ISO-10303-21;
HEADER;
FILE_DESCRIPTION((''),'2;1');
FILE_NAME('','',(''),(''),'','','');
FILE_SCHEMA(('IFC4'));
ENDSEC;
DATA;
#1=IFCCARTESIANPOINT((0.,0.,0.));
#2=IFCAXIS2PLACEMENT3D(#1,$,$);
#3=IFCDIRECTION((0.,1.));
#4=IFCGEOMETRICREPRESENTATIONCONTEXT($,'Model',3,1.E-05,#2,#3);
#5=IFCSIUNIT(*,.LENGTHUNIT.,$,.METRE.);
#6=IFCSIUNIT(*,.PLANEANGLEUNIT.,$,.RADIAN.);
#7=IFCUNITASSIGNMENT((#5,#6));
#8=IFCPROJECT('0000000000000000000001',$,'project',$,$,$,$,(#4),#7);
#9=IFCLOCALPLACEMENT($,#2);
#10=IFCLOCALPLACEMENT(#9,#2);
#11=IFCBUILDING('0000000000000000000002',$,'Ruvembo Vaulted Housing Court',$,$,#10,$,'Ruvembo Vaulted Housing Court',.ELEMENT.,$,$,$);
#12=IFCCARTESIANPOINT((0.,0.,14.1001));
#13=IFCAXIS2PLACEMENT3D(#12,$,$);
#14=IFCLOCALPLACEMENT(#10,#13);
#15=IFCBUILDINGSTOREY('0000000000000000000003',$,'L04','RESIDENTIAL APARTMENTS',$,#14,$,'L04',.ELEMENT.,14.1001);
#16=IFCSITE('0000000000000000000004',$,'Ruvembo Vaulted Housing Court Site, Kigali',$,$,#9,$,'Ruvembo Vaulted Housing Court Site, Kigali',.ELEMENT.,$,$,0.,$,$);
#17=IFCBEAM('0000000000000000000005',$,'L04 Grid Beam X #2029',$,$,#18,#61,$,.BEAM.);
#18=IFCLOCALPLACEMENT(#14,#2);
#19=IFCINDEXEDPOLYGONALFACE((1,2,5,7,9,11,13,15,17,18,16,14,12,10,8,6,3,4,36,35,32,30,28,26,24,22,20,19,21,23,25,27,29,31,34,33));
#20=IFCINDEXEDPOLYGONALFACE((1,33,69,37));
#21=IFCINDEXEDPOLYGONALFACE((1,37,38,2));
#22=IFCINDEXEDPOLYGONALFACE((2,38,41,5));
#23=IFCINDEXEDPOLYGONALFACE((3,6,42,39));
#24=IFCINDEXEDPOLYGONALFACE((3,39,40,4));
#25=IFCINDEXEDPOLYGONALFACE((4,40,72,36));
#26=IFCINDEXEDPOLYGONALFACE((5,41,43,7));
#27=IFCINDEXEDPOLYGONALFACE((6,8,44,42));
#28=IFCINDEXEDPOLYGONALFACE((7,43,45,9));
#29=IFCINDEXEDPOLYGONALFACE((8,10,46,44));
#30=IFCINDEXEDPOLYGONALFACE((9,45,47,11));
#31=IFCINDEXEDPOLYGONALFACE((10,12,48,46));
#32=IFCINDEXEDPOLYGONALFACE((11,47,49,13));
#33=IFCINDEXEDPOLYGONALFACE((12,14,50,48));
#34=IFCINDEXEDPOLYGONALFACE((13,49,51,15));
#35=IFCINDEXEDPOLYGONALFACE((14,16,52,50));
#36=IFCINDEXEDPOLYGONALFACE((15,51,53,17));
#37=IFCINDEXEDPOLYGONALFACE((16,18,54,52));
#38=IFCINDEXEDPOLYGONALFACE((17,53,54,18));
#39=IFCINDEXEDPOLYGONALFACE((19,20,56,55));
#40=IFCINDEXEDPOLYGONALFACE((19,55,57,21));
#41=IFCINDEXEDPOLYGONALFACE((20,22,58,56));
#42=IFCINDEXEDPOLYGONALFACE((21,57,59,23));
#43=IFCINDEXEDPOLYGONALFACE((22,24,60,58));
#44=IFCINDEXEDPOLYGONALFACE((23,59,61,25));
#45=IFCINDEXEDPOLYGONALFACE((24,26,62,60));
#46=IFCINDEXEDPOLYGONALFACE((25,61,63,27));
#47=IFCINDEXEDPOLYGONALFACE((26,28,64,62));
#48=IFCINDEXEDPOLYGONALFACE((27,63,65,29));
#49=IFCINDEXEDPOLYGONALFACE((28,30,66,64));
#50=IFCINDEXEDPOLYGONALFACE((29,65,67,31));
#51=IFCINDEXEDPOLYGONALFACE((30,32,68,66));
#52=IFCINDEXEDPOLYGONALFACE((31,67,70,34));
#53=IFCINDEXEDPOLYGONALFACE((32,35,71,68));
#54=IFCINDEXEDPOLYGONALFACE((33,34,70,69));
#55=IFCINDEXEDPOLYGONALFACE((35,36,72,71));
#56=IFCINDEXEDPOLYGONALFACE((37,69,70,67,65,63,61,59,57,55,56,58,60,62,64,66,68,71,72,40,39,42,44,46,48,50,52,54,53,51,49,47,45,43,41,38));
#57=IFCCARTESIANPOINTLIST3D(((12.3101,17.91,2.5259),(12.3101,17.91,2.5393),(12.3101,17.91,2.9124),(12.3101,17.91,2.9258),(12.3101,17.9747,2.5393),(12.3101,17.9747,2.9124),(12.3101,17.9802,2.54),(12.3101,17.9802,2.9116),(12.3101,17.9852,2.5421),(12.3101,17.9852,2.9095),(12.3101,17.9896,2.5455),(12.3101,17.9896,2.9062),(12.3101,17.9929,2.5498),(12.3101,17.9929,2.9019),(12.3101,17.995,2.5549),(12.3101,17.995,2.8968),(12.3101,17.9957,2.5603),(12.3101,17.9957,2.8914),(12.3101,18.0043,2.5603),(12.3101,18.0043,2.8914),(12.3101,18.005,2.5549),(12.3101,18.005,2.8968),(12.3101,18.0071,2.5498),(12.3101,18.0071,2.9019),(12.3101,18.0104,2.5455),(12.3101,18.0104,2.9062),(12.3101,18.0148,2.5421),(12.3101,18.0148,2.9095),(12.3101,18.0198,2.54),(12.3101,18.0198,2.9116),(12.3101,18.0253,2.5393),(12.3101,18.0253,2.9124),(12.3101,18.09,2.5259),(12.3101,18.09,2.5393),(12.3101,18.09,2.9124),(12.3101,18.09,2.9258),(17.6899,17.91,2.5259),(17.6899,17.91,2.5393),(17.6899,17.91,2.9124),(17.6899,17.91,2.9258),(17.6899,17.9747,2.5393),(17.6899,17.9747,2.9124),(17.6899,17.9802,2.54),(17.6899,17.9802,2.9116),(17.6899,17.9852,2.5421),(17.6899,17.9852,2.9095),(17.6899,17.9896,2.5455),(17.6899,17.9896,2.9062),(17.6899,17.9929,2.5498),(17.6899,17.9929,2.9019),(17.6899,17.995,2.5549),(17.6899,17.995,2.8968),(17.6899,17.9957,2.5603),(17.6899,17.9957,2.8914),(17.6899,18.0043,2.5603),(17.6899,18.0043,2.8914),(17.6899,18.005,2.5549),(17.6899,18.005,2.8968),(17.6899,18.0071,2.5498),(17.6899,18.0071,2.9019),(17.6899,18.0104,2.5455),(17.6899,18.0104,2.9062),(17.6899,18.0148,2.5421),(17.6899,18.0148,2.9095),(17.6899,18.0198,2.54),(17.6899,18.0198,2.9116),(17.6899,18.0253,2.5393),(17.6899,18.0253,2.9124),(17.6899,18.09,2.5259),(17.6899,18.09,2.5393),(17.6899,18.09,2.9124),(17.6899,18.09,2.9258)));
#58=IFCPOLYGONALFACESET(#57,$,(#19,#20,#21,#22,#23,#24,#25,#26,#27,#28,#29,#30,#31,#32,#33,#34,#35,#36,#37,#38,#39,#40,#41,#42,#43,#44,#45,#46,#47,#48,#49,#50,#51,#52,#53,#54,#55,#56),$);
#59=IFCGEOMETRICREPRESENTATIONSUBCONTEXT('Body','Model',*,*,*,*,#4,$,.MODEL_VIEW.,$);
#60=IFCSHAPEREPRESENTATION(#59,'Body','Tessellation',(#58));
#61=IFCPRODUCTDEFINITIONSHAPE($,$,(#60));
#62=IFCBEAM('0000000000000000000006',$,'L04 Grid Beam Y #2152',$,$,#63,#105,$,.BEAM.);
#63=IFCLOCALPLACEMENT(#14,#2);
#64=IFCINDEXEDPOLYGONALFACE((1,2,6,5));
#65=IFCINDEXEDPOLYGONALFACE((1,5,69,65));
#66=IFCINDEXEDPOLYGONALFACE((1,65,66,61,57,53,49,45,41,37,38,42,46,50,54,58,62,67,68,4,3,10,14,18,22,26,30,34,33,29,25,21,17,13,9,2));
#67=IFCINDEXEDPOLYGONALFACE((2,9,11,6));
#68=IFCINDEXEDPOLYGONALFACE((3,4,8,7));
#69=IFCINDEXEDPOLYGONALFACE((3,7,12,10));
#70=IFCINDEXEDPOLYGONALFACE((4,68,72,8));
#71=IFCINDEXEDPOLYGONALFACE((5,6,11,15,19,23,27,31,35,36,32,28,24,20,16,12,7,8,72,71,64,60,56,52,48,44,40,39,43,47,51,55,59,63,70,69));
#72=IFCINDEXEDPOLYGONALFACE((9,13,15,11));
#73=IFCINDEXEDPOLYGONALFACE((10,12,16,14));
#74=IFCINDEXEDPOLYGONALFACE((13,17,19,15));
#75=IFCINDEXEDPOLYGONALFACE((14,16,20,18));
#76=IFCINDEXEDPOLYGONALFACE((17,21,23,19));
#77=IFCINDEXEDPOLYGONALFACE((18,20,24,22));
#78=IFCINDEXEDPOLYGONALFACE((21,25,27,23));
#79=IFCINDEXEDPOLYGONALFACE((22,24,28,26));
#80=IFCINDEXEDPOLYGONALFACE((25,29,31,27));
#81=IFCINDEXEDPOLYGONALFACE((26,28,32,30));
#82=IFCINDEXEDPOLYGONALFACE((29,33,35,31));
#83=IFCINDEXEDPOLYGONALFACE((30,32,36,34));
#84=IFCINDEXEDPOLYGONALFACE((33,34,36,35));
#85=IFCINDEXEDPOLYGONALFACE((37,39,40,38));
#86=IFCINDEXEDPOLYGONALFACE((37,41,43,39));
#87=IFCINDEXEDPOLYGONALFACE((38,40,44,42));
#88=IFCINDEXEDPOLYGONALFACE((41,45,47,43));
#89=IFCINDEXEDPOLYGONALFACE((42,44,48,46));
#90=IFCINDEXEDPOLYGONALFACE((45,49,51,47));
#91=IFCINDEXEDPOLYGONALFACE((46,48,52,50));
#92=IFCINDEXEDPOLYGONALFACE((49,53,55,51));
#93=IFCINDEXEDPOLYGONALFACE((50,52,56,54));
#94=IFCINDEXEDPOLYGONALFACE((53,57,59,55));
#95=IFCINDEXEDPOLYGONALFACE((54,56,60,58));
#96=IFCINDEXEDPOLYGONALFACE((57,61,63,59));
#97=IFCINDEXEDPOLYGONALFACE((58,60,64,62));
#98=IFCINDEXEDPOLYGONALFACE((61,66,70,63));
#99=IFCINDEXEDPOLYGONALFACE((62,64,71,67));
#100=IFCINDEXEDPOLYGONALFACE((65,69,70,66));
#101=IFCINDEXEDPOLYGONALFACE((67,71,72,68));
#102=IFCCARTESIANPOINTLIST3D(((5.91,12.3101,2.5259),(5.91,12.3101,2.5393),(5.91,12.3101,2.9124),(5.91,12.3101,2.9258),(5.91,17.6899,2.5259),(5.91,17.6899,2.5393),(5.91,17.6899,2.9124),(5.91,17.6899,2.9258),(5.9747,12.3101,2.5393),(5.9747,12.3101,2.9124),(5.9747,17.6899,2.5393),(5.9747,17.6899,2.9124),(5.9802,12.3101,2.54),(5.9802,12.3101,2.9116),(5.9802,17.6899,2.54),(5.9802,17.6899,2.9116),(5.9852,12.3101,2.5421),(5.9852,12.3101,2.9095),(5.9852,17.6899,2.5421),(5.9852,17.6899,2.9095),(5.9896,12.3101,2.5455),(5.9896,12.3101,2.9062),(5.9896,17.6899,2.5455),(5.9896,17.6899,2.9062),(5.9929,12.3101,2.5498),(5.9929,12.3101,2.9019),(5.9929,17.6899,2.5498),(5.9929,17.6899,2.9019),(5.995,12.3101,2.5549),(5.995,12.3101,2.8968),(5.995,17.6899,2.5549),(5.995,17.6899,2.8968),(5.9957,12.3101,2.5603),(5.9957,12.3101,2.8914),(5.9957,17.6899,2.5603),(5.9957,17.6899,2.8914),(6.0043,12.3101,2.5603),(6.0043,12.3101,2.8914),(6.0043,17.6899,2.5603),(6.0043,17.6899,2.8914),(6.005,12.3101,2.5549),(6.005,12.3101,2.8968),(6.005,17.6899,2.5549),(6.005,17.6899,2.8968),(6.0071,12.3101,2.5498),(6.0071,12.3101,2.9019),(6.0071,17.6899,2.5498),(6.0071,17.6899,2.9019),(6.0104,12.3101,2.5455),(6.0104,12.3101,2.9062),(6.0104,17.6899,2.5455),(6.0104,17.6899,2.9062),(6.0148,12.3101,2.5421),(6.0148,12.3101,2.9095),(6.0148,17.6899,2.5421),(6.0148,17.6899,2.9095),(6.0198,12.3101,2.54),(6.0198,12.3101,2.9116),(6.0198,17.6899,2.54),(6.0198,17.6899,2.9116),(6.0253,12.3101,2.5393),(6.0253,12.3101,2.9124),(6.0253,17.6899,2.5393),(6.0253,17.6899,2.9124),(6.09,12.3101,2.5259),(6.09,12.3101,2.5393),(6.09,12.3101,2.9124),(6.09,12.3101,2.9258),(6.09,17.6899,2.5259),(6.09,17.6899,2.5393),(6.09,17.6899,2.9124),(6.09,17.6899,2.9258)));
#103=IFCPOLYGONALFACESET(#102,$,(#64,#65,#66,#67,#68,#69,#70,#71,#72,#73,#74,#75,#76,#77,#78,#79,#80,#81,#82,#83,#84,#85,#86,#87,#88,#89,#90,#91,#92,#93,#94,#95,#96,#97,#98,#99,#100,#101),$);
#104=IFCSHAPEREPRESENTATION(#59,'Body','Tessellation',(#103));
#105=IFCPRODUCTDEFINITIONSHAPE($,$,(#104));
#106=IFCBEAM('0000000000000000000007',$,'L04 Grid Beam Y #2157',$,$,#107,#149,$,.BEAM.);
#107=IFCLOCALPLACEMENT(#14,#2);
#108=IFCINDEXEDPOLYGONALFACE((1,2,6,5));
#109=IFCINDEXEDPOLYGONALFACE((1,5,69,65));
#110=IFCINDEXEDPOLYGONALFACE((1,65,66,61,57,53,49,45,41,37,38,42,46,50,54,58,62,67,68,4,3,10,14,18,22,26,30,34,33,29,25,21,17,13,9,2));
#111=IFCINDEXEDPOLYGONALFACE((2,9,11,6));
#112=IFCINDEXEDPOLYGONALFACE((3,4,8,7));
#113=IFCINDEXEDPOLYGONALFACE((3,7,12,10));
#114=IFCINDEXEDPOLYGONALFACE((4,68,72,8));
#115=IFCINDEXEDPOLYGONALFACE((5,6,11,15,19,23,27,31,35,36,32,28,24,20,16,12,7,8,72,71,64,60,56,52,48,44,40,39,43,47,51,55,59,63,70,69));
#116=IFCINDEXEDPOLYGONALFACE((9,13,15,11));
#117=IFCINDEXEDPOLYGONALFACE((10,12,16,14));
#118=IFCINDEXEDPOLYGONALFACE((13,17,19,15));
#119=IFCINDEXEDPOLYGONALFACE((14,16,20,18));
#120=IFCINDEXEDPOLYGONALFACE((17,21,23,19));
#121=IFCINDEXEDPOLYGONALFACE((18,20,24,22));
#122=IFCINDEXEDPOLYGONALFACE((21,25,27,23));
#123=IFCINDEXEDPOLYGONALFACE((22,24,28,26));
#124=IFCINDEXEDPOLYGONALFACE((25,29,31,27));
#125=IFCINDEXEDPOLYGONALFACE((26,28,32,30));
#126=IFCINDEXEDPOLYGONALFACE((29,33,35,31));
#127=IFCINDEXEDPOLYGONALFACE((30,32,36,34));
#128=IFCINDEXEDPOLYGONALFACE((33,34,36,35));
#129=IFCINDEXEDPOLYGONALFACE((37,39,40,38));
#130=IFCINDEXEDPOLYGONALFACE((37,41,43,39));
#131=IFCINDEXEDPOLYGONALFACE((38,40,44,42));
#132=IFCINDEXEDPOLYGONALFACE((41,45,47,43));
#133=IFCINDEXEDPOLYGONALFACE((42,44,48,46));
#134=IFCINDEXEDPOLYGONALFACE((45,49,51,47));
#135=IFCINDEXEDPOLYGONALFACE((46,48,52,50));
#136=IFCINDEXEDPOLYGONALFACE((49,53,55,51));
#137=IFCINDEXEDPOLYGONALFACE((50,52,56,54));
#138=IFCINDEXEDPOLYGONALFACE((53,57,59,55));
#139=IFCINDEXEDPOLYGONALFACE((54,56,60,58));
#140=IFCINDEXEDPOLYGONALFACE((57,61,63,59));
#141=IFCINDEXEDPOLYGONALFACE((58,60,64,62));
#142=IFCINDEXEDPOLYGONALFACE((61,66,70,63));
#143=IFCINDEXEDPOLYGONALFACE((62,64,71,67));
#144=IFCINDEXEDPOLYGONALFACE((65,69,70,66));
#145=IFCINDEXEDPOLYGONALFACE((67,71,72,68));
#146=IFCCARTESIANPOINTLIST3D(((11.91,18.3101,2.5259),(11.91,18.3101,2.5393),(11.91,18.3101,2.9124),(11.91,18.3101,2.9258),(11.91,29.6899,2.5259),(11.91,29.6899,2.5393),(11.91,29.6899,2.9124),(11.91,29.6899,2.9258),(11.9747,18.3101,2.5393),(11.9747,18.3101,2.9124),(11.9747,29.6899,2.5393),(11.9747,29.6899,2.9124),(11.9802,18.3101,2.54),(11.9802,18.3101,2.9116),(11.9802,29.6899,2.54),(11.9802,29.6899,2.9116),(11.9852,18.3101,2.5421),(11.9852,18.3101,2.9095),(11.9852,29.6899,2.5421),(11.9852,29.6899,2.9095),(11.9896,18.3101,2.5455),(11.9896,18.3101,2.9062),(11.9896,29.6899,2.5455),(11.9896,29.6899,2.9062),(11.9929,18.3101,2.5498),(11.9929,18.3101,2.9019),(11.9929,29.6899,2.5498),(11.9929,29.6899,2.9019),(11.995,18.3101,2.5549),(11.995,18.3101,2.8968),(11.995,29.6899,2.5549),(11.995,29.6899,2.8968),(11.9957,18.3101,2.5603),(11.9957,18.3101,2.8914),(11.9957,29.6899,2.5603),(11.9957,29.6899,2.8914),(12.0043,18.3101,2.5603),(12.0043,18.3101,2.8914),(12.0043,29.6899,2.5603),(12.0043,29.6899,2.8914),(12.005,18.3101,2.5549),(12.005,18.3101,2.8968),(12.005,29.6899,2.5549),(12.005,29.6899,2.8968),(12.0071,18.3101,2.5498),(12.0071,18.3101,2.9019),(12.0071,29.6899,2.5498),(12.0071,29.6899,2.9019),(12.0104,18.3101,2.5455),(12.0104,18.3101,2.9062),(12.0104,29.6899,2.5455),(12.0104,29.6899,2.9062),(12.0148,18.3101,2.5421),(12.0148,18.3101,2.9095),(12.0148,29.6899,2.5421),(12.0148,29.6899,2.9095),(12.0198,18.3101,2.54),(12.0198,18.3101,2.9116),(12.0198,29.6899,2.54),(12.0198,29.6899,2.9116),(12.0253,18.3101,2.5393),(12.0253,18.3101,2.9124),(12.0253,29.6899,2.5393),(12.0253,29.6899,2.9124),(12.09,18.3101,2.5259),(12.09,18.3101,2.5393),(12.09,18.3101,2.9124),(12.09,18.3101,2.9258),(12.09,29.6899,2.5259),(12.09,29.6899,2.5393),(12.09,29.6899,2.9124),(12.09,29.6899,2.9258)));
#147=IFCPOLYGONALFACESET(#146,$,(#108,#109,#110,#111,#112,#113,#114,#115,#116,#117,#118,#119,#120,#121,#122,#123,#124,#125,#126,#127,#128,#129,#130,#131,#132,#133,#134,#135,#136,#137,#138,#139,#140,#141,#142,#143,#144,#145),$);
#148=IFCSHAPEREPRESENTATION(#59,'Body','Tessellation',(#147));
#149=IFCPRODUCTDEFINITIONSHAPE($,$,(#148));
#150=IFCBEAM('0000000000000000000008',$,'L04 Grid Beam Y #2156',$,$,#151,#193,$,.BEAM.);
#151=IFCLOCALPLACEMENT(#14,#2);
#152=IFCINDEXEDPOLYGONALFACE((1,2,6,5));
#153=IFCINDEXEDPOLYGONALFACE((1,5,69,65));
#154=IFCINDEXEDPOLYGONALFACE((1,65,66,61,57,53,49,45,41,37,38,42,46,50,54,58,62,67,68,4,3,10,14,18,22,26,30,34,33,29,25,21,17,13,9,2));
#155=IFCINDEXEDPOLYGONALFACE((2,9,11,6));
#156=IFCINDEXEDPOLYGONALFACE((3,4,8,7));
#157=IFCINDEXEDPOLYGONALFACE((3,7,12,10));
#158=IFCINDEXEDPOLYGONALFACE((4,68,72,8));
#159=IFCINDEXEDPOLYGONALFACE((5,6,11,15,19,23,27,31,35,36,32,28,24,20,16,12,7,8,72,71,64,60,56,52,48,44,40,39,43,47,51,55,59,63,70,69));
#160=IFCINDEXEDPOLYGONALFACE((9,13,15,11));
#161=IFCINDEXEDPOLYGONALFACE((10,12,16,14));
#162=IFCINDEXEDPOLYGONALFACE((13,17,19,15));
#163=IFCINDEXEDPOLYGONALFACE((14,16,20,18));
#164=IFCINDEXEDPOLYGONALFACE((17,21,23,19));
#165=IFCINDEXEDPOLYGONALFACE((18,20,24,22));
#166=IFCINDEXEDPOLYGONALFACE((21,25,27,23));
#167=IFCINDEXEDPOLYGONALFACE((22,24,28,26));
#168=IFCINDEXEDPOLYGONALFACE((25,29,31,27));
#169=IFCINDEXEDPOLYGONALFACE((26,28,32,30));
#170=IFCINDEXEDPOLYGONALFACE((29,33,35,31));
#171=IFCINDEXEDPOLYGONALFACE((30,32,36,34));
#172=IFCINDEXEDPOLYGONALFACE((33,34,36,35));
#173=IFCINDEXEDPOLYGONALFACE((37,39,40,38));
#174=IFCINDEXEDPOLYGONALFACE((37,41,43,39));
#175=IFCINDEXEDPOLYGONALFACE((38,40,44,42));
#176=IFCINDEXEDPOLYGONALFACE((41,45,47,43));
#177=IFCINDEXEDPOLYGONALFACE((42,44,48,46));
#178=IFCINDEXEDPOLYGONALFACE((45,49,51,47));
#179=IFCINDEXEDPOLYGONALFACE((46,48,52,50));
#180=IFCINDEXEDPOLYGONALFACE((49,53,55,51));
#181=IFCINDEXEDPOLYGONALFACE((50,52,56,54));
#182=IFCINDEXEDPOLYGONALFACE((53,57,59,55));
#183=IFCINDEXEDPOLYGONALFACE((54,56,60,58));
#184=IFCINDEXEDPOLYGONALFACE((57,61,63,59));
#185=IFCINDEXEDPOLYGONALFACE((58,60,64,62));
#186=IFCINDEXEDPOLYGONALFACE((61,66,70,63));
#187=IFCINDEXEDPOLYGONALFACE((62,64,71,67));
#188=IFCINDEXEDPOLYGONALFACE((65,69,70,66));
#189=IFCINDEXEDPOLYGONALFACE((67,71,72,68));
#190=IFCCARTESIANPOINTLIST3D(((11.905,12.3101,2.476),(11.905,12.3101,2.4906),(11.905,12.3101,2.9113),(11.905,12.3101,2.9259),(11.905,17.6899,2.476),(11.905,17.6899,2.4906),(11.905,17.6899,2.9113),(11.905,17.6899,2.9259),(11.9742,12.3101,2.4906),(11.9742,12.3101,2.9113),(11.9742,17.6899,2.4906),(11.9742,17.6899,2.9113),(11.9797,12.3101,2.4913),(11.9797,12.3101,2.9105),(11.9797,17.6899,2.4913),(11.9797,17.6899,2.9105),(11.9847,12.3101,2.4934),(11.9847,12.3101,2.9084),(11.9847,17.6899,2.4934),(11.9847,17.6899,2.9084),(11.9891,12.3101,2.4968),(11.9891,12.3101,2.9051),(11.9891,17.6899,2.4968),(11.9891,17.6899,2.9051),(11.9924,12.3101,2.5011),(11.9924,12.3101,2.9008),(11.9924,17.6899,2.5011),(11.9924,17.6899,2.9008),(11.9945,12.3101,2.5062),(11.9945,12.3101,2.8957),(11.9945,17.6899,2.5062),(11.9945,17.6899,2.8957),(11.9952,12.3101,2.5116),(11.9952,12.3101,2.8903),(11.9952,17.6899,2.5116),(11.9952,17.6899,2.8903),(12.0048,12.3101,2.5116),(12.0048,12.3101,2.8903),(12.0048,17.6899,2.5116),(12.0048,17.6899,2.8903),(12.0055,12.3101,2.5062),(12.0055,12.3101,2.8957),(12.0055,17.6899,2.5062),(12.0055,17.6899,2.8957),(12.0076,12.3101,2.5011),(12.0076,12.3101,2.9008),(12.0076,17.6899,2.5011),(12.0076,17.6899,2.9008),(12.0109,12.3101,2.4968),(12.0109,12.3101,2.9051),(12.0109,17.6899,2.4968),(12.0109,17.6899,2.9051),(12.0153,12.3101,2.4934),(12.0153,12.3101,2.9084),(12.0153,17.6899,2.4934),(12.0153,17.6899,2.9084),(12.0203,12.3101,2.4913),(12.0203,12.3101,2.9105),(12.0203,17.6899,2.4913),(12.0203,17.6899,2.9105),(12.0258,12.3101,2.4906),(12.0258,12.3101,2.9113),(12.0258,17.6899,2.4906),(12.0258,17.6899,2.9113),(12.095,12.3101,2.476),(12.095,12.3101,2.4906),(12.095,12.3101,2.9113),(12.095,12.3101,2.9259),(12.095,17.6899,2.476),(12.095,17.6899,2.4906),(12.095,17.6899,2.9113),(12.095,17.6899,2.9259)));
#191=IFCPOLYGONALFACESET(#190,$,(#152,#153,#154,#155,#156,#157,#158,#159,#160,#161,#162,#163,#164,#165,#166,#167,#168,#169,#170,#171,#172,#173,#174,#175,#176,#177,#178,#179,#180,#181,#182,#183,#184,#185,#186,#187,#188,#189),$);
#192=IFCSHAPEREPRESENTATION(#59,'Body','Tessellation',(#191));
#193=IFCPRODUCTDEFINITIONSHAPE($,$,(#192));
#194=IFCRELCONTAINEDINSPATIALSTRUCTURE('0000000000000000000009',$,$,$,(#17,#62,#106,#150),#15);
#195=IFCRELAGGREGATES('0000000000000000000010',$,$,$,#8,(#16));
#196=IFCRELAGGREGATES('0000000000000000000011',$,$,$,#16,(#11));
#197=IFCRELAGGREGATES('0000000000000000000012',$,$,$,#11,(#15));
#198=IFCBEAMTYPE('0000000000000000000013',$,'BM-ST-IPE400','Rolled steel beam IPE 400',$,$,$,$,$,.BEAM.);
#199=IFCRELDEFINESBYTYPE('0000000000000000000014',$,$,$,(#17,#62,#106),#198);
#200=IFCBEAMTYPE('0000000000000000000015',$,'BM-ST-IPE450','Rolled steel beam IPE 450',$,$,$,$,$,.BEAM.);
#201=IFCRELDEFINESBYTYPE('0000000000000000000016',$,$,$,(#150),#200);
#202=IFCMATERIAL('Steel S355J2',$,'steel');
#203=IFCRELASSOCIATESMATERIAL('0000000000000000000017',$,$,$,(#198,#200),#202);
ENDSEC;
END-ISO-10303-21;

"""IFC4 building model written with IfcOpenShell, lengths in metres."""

from ifc_helpers import new_model, si_unit, direction, frame, origin, origin_2d, place, context, subcontext, project, spatial, i_section, extrude, material, material_profile, profile_set, type_object, element, save


model = new_model("IFC4")

# Units and contexts
model_context = context("Model", 3, precision=1e-05, world=origin(), true_north=direction((0.0, 1.0)))
body_context = subcontext(model_context, "Body", "Model", "MODEL_VIEW")
ifc_project = project(units=[si_unit("LENGTHUNIT", "METRE"), si_unit("PLANEANGLEUNIT", "RADIAN")], contexts=[model_context])

# Site, building, storey
site_placement = place(None, origin())
site = spatial("IfcSite", under=ifc_project, at=site_placement, Name="Ruvembo Vaulted Housing Court Site, Kigali", LongName="Ruvembo Vaulted Housing Court Site, Kigali", CompositionType="ELEMENT", RefElevation=0.0)
building_placement = place(site_placement, origin())
building = spatial("IfcBuilding", under=site, at=building_placement, Name="Ruvembo Vaulted Housing Court", LongName="Ruvembo Vaulted Housing Court", CompositionType="ELEMENT")
storey_placement = place(building_placement, frame((0.0, 0.0, 14.1001)))
storey = spatial("IfcBuildingStorey", under=building, at=storey_placement, Name="L04", Description="RESIDENTIAL APARTMENTS", LongName="L04", CompositionType="ELEMENT", Elevation=14.1001)

# Beams
ifc_material_1 = material(Name="Steel S355J2", Category="steel")
ifc_material_profile_1 = material_profile(ifc_material_1, i_section(OverallWidth=0.1799, OverallDepth=0.3999, WebThickness=0.0085, FlangeThickness=0.0134, FilletRadius=0.021, at=origin_2d()), Name="IPE 400")
ifc_profile_set_1 = profile_set([ifc_material_profile_1], Name="Steel S355J2")
beam_type_1 = type_object("IfcBeamType", Name="BM-ST-IPE400", Description="Rolled steel beam IPE 400", PredefinedType="BEAM", material=ifc_profile_set_1)
for number, where, z_axis, x_axis, name in (
    (1, (12.3101, 18.0, 2.7258), (1.0, 0.0, 0.0), (0.0, 1.0, 0.0), "L04 Grid Beam X #2029"),
    (2, (6.0, 12.3101, 2.7258), (0.0, 1.0, 0.0), (-1.0, 0.0, 0.0), "L04 Grid Beam Y #2152"),
):
    element("IfcBeam", number, at=place(storey_placement, frame(where, z_axis=z_axis, x_axis=x_axis)), inside=storey, type_object=beam_type_1, Name=name, PredefinedType="BEAM", context=body_context, shape_type="SweptSolid", body=[
        extrude(i_section(OverallWidth=0.1799, OverallDepth=0.3999, WebThickness=0.0085, FlangeThickness=0.0134, FilletRadius=0.021, at=origin_2d()), origin(), (0.0, 0.0, 1.0), 5.3799),
    ])
beam_1_placement = place(storey_placement, frame((12.0, 18.3101, 2.7258), z_axis=(0.0, 1.0, 0.0), x_axis=(-1.0, 0.0, 0.0)))
element("IfcBeam", 3, at=beam_1_placement, inside=storey, type_object=beam_type_1, Name="L04 Grid Beam Y #2157", PredefinedType="BEAM", context=body_context, shape_type="SweptSolid", body=[
    extrude(i_section(OverallWidth=0.1799, OverallDepth=0.3999, WebThickness=0.0085, FlangeThickness=0.0134, FilletRadius=0.021, at=origin_2d()), origin(), (0.0, 0.0, 1.0), 11.3799),
])
ifc_material_profile_2 = material_profile(ifc_material_1, i_section(OverallWidth=0.1899, OverallDepth=0.45, WebThickness=0.0095, FlangeThickness=0.0146, FilletRadius=0.021, at=origin_2d()), Name="IPE 450")
ifc_profile_set_2 = profile_set([ifc_material_profile_2], Name="Steel S355J2")
beam_type_2 = type_object("IfcBeamType", Name="BM-ST-IPE450", Description="Rolled steel beam IPE 450", PredefinedType="BEAM", material=ifc_profile_set_2)
beam_2_placement = place(storey_placement, frame((12.0, 12.3101, 2.7009), z_axis=(0.0, 1.0, 0.0), x_axis=(-1.0, 0.0, 0.0)))
element("IfcBeam", 4, at=beam_2_placement, inside=storey, type_object=beam_type_2, Name="L04 Grid Beam Y #2156", PredefinedType="BEAM", context=body_context, shape_type="SweptSolid", body=[
    extrude(i_section(OverallWidth=0.1899, OverallDepth=0.45, WebThickness=0.0095, FlangeThickness=0.0146, FilletRadius=0.021, at=origin_2d()), origin(), (0.0, 0.0, 1.0), 5.3799),
])

save(model, "model.ifc")
